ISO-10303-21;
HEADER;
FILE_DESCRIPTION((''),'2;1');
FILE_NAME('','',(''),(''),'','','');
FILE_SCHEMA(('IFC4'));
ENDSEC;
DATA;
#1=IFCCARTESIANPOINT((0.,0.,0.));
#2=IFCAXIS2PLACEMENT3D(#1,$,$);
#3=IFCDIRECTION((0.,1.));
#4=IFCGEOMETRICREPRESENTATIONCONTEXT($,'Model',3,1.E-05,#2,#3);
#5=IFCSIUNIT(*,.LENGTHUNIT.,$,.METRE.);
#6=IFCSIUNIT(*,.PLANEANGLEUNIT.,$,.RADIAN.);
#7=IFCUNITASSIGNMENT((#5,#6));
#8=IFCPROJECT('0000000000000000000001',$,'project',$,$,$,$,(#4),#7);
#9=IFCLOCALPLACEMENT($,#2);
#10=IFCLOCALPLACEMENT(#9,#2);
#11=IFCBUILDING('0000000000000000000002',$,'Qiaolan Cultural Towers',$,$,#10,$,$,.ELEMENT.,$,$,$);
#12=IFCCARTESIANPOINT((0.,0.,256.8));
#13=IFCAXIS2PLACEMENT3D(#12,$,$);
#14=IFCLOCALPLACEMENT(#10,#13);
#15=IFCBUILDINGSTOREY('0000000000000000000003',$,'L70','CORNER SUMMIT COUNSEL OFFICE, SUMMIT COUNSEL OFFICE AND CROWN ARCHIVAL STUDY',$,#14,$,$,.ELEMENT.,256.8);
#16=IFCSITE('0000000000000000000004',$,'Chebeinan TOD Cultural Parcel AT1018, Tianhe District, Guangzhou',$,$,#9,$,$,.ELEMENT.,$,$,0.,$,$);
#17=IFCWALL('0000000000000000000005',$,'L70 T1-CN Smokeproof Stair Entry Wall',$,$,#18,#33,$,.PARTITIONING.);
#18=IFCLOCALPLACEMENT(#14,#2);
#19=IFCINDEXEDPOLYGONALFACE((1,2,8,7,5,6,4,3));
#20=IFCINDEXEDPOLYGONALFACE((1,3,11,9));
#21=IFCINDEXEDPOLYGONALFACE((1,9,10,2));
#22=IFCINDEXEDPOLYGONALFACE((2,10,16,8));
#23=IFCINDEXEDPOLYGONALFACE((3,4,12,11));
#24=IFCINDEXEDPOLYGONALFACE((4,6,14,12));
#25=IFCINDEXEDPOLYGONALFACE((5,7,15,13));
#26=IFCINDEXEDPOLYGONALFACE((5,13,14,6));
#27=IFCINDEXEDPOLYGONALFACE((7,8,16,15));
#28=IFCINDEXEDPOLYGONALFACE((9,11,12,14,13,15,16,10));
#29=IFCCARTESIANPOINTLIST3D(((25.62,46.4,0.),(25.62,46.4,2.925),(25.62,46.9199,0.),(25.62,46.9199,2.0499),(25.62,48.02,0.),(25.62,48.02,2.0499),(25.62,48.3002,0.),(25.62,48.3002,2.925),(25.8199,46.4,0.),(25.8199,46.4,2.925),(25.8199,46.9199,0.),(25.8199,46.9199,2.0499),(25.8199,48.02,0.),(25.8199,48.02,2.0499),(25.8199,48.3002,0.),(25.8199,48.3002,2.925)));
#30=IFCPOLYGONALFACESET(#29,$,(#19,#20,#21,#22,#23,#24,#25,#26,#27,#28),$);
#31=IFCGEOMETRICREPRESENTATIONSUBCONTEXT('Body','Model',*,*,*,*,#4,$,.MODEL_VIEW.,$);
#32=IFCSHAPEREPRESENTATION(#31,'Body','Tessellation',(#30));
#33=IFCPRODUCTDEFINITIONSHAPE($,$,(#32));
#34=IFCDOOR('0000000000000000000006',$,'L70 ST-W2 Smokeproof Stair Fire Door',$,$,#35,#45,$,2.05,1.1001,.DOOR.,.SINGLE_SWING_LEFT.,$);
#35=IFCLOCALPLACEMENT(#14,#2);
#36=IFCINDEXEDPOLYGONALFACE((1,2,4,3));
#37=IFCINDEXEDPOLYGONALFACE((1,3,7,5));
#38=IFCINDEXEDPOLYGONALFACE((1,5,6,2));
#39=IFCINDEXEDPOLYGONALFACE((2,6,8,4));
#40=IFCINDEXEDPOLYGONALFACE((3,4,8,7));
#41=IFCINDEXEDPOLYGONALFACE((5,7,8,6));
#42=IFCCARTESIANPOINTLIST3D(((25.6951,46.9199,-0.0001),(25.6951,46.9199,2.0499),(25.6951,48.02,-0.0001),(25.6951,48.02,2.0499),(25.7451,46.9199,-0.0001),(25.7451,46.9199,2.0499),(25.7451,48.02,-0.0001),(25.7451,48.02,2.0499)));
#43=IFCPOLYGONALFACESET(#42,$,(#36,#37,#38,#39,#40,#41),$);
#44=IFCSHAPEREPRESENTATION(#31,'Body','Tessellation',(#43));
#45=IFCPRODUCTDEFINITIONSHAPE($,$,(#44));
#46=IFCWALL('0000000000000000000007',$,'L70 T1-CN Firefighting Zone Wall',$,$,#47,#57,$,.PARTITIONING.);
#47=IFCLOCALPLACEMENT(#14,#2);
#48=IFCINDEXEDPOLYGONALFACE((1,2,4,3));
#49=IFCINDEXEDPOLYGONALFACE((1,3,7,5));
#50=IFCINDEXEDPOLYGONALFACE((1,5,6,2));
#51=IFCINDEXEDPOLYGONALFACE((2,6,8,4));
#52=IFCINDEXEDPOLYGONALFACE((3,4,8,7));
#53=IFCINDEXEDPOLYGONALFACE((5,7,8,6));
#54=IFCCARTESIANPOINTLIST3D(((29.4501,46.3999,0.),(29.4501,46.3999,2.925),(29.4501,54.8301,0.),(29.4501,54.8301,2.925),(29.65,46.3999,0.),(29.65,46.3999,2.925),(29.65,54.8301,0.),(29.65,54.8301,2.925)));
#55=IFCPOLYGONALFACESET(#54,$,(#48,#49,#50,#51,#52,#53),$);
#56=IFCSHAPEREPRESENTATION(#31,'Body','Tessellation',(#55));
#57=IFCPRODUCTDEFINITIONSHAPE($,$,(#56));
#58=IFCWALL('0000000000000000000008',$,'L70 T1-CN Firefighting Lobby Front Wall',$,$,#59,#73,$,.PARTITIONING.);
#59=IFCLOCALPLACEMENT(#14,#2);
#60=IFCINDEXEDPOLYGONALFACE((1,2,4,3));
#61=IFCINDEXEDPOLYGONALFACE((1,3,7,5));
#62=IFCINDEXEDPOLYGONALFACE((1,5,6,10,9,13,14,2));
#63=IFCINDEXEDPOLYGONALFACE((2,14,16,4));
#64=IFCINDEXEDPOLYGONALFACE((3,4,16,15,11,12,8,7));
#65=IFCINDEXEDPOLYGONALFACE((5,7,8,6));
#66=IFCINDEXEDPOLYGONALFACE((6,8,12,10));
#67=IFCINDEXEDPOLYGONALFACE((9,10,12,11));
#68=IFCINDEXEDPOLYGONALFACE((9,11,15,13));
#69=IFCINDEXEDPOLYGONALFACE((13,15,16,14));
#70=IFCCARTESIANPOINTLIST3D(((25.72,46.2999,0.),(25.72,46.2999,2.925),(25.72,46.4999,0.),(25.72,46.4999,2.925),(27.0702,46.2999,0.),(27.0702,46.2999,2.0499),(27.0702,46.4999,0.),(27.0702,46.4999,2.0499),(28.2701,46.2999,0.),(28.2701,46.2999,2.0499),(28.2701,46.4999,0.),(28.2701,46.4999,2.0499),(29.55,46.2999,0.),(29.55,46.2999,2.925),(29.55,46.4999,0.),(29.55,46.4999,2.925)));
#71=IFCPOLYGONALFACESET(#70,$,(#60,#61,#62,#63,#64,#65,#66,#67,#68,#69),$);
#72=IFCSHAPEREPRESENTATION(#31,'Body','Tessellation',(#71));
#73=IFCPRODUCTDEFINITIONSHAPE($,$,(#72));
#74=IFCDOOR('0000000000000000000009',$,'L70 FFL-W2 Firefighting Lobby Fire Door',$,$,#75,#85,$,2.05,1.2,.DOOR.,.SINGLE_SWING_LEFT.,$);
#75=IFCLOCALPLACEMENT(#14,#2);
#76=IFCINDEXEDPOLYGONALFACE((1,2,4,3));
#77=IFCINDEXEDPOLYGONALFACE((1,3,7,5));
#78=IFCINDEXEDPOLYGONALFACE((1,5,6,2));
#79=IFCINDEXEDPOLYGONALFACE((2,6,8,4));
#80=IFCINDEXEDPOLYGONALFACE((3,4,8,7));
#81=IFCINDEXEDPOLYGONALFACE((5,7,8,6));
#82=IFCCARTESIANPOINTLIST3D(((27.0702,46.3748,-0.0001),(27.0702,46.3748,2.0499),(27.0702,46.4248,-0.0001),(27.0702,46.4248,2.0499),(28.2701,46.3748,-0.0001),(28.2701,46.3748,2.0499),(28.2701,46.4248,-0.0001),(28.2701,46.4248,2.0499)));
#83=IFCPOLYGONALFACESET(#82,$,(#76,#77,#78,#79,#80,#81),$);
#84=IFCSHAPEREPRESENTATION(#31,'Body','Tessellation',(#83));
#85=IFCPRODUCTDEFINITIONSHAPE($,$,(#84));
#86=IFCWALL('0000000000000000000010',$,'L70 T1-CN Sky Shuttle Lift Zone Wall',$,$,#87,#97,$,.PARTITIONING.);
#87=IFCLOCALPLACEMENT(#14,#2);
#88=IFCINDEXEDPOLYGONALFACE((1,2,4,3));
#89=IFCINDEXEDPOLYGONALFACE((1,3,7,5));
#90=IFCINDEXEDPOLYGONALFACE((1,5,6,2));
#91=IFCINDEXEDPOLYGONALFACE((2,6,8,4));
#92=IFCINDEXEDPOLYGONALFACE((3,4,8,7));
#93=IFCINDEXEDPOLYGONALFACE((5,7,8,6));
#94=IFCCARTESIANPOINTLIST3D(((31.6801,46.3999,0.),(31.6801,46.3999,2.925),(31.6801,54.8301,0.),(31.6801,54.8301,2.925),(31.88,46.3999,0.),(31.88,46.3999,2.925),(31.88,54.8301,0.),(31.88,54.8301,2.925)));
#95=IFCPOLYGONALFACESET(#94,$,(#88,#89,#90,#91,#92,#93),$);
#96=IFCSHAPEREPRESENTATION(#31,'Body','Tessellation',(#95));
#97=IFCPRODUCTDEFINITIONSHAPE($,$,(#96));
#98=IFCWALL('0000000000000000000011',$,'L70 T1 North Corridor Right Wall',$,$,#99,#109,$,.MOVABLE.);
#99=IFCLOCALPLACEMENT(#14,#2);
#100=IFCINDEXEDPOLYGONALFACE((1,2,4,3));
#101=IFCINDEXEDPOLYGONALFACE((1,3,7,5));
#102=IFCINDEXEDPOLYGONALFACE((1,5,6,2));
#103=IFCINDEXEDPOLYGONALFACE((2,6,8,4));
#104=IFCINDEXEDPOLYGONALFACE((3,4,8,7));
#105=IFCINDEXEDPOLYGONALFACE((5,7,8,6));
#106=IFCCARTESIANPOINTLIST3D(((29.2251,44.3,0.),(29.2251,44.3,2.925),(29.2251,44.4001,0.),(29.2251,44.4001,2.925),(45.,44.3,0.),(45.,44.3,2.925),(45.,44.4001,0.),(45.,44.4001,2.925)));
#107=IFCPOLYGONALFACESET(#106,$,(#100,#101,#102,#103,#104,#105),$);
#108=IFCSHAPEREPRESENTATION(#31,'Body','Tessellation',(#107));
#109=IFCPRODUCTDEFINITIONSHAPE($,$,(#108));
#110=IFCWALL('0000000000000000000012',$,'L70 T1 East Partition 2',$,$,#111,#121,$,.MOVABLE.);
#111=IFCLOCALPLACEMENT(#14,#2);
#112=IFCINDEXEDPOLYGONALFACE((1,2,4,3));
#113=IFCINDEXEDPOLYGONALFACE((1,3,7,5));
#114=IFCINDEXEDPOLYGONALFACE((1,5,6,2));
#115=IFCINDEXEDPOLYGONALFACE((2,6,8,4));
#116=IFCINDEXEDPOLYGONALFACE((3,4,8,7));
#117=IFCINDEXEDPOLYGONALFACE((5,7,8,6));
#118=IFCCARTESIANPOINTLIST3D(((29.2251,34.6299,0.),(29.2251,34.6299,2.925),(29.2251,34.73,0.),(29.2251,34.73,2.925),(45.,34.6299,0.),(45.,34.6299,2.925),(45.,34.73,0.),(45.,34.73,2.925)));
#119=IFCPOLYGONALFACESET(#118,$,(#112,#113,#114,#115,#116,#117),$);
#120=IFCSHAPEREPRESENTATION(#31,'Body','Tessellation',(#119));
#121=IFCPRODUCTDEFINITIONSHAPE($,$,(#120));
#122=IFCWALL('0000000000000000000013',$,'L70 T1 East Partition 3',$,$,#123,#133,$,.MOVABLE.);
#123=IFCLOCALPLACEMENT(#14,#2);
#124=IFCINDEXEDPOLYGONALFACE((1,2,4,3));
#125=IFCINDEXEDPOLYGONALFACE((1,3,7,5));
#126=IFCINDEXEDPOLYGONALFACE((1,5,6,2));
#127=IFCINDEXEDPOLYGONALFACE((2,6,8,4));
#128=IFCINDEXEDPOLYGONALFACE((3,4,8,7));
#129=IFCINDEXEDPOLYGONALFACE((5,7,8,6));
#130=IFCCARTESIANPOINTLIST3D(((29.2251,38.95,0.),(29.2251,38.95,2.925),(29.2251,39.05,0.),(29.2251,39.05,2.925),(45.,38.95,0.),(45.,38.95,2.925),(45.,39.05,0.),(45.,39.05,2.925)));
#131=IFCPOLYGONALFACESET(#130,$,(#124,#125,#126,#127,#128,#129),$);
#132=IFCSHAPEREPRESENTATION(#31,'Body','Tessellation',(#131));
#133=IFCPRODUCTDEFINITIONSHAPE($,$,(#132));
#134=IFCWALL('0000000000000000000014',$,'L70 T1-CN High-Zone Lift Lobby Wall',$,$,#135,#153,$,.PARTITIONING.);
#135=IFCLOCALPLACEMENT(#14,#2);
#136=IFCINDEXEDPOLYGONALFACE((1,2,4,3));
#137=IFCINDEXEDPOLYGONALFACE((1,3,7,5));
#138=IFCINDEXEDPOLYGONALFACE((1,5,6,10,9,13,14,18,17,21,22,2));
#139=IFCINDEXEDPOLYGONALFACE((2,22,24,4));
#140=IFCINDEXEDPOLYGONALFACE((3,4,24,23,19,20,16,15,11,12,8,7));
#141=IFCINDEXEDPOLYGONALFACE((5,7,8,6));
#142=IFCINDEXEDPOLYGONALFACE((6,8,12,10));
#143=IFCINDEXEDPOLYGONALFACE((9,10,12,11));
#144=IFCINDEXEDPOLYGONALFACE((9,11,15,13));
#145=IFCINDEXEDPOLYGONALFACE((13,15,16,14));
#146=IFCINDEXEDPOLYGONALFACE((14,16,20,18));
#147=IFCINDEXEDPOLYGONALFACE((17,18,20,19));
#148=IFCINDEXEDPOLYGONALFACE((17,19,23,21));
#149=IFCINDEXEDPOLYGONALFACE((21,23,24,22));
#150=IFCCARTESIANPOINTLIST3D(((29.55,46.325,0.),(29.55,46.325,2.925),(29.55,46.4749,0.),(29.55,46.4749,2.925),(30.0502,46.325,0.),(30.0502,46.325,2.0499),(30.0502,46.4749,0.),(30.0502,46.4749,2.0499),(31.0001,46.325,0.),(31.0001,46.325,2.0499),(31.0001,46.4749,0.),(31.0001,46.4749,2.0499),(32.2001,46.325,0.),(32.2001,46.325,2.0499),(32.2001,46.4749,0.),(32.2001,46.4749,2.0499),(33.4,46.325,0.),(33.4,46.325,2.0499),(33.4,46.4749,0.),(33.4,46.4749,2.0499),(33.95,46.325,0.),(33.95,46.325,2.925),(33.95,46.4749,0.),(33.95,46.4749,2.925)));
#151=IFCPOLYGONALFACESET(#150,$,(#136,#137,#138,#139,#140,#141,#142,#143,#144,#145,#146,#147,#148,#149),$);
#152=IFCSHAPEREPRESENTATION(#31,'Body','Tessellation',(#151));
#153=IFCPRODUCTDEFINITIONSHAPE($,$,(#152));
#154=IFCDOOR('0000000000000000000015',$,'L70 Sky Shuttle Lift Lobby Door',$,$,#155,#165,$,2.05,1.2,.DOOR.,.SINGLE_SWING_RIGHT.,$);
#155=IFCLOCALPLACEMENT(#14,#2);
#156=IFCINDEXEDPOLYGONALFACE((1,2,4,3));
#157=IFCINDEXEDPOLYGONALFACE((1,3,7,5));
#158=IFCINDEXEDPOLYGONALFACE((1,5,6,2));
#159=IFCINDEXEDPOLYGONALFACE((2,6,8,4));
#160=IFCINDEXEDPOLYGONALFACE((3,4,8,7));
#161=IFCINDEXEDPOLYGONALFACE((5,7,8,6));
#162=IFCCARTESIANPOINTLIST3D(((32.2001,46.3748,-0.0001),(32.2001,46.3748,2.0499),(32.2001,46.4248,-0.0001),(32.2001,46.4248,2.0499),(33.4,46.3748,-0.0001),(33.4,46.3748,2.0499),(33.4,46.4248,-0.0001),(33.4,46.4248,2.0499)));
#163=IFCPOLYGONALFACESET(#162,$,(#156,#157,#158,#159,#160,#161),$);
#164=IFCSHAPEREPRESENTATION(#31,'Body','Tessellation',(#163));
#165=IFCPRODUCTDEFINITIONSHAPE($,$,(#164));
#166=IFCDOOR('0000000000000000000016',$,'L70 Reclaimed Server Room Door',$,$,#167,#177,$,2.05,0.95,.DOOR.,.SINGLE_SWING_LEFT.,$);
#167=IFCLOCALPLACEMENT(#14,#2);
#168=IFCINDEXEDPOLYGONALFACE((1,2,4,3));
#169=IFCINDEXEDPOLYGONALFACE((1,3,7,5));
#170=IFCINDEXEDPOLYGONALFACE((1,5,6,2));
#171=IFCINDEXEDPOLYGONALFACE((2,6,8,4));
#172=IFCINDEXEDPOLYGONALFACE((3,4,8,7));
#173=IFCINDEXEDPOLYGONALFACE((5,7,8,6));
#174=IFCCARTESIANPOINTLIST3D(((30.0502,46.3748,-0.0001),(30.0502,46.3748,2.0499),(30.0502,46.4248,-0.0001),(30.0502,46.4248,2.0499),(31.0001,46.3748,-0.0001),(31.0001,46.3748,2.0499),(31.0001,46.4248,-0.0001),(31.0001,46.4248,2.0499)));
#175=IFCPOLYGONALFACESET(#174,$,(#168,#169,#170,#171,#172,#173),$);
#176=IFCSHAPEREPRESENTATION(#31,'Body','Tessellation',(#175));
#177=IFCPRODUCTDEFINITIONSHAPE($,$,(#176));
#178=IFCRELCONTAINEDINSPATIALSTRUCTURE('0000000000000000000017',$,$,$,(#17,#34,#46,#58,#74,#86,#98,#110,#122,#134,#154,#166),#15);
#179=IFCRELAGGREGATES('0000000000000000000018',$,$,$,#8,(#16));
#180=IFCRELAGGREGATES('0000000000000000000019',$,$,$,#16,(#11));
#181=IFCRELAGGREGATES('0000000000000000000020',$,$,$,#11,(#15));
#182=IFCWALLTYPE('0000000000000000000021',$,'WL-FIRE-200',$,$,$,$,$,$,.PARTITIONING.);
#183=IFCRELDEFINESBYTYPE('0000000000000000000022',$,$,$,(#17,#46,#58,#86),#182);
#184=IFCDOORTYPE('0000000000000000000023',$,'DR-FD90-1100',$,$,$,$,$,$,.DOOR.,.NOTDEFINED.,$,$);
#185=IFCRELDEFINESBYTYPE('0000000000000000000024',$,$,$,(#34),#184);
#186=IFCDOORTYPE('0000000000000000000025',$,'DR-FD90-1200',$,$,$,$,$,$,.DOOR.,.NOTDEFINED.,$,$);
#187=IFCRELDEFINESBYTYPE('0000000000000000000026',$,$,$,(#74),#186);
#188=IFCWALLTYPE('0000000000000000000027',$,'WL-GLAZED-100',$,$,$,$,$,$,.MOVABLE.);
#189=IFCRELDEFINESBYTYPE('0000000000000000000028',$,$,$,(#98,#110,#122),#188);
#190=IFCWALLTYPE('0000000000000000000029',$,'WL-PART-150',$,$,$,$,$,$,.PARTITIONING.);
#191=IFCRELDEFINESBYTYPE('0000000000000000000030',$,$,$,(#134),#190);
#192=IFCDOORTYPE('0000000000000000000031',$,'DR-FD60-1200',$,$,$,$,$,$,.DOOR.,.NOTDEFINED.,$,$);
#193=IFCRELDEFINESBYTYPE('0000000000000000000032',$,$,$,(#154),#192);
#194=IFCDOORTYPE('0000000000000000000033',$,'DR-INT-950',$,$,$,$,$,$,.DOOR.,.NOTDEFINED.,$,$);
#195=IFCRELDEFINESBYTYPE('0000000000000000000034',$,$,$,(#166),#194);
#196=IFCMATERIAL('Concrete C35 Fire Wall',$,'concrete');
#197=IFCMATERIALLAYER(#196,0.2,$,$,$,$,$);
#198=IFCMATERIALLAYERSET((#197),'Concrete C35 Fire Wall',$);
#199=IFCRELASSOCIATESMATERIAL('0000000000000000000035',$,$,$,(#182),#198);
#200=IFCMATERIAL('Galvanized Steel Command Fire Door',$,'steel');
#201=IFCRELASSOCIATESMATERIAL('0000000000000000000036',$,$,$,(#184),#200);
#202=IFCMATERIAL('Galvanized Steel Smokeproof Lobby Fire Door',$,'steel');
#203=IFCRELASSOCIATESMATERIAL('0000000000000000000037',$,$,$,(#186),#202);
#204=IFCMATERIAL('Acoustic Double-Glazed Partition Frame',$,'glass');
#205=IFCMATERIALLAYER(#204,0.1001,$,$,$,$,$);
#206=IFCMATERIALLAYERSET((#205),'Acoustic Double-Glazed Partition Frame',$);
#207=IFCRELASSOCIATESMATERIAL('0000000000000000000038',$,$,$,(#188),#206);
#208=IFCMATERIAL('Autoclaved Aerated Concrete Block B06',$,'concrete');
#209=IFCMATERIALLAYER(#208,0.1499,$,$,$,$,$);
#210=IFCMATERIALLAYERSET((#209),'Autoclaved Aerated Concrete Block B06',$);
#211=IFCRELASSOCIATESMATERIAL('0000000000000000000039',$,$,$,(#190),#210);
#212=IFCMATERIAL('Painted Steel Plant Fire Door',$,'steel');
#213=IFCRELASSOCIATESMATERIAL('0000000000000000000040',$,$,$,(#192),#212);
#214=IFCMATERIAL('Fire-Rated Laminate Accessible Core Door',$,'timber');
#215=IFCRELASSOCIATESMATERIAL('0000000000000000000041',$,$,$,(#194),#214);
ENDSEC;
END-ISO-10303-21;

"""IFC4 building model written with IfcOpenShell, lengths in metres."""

from ifc_helpers import new_model, si_unit, direction, frame, frame_2d, origin, place, context, subcontext, project, spatial, rectangle, extrude, material, layer, layer_set, type_object, element, fill, save


model = new_model("IFC4")

# Units and contexts
model_context = context("Model", 3, precision=1e-05, world=origin(), true_north=direction((0.0, 1.0)))
body_context = subcontext(model_context, "Body", "Model", "MODEL_VIEW")
ifc_project = project(units=[si_unit("LENGTHUNIT", "METRE"), si_unit("PLANEANGLEUNIT", "RADIAN")], contexts=[model_context])

# Site, building, storey
site_placement = place(None, origin())
site = spatial("IfcSite", under=ifc_project, at=site_placement, Name="Chebeinan TOD Cultural Parcel AT1018, Tianhe District, Guangzhou", CompositionType="ELEMENT", RefElevation=0.0)
building_placement = place(site_placement, origin())
building = spatial("IfcBuilding", under=site, at=building_placement, Name="Qiaolan Cultural Towers", CompositionType="ELEMENT")
storey_placement = place(building_placement, frame((0.0, 0.0, 256.8)))
storey = spatial("IfcBuildingStorey", under=building, at=storey_placement, Name="L70", Description="CORNER SUMMIT COUNSEL OFFICE, SUMMIT COUNSEL OFFICE AND CROWN ARCHIVAL STUDY", CompositionType="ELEMENT", Elevation=256.8)

# Wall, opening, door
ifc_material_1 = material(Name="Concrete C35 Fire Wall", Category="concrete")
ifc_layer_1 = layer(ifc_material_1, 0.2)
ifc_layer_set_1 = layer_set([ifc_layer_1], Name="Concrete C35 Fire Wall")
wall_type_1 = type_object("IfcWallType", Name="WL-FIRE-200", PredefinedType="PARTITIONING", material=ifc_layer_set_1)
wall_1_placement = place(storey_placement, frame((25.72, 46.3999, 0.0), z_axis=(0.0, 0.0, 1.0), x_axis=(0.0, 1.0, 0.0)))
wall_1 = element("IfcWall", 1, at=wall_1_placement, inside=storey, type_object=wall_type_1, Name="L70 T1-CN Smokeproof Stair Entry Wall", PredefinedType="PARTITIONING", context=body_context, shape_type="SweptSolid", body=[
    extrude(rectangle(XDim=1.9001, YDim=0.2, at=frame_2d((0.9502, 0.0))), origin(), (0.0, 0.0, 1.0), 2.925),
])
opening_1_placement = place(wall_1_placement, frame((0.52, 0.0, 0.0)))
opening_1 = element("IfcOpeningElement", 2, at=opening_1_placement, cuts=wall_1, PredefinedType="OPENING", context=body_context, shape_type="SweptSolid", body=[
    extrude(rectangle(XDim=1.1001, YDim=2.05, at=frame_2d((0.55, 1.0249))), frame((0.0, 0.1099, 0.0), z_axis=(0.0, -1.0, 0.0), x_axis=(1.0, 0.0, 0.0)), (0.0, 0.0, 1.0), 0.22),
])
ifc_material_2 = material(Name="Galvanized Steel Command Fire Door", Category="steel")
door_type_1 = type_object("IfcDoorType", Name="DR-FD90-1100", OperationType="NOTDEFINED", PredefinedType="DOOR", material=ifc_material_2)
door_1_placement = place(opening_1_placement, origin())
door_1 = element("IfcDoor", 3, at=door_1_placement, inside=storey, type_object=door_type_1, Name="L70 ST-W2 Smokeproof Stair Fire Door", OperationType="SINGLE_SWING_LEFT", OverallHeight=2.05, OverallWidth=1.1001, PredefinedType="DOOR", context=body_context, shape_type="SweptSolid", body=[
    extrude(rectangle(XDim=1.1001, YDim=2.05, at=frame_2d((0.55, 1.0249))), frame((0.0, 0.0249, 0.0), z_axis=(0.0, -1.0, 0.0), x_axis=(1.0, 0.0, 0.0)), (0.0, 0.0, 1.0), 0.05),
])
fill(opening_1, door_1)

# Wall
wall_2_placement = place(storey_placement, frame((29.55, 46.3999, 0.0), z_axis=(0.0, 0.0, 1.0), x_axis=(0.0, 1.0, 0.0)))
element("IfcWall", 4, at=wall_2_placement, inside=storey, type_object=wall_type_1, Name="L70 T1-CN Firefighting Zone Wall", PredefinedType="PARTITIONING", context=body_context, shape_type="SweptSolid", body=[
    extrude(rectangle(XDim=8.4302, YDim=0.2, at=frame_2d((4.2151, 0.0))), origin(), (0.0, 0.0, 1.0), 2.925),
])

# Wall, opening, door
wall_3_placement = place(storey_placement, frame((25.72, 46.3999, 0.0), z_axis=(0.0, 0.0, 1.0), x_axis=(1.0, 0.0, 0.0)))
wall_3 = element("IfcWall", 5, at=wall_3_placement, inside=storey, type_object=wall_type_1, Name="L70 T1-CN Firefighting Lobby Front Wall", PredefinedType="PARTITIONING", context=body_context, shape_type="SweptSolid", body=[
    extrude(rectangle(XDim=3.8301, YDim=0.2, at=frame_2d((1.915, 0.0))), origin(), (0.0, 0.0, 1.0), 2.925),
])
opening_2_placement = place(wall_3_placement, frame((1.3501, 0.0, 0.0)))
opening_2 = element("IfcOpeningElement", 6, at=opening_2_placement, cuts=wall_3, PredefinedType="OPENING", context=body_context, shape_type="SweptSolid", body=[
    extrude(rectangle(XDim=1.2, YDim=2.05, at=frame_2d((0.6001, 1.0249))), frame((0.0, 0.1099, 0.0), z_axis=(0.0, -1.0, 0.0), x_axis=(1.0, 0.0, 0.0)), (0.0, 0.0, 1.0), 0.22),
])
ifc_material_3 = material(Name="Galvanized Steel Smokeproof Lobby Fire Door", Category="steel")
door_type_2 = type_object("IfcDoorType", Name="DR-FD90-1200", OperationType="NOTDEFINED", PredefinedType="DOOR", material=ifc_material_3)
door_2_placement = place(opening_2_placement, origin())
door_2 = element("IfcDoor", 7, at=door_2_placement, inside=storey, type_object=door_type_2, Name="L70 FFL-W2 Firefighting Lobby Fire Door", OperationType="SINGLE_SWING_LEFT", OverallHeight=2.05, OverallWidth=1.2, PredefinedType="DOOR", context=body_context, shape_type="SweptSolid", body=[
    extrude(rectangle(XDim=1.2, YDim=2.05, at=frame_2d((0.6001, 1.0249))), frame((0.0, 0.0249, 0.0), z_axis=(0.0, -1.0, 0.0), x_axis=(1.0, 0.0, 0.0)), (0.0, 0.0, 1.0), 0.05),
])
fill(opening_2, door_2)

# Walls
wall_4_placement = place(storey_placement, frame((31.78, 46.3999, 0.0), z_axis=(0.0, 0.0, 1.0), x_axis=(0.0, 1.0, 0.0)))
element("IfcWall", 8, at=wall_4_placement, inside=storey, type_object=wall_type_1, Name="L70 T1-CN Sky Shuttle Lift Zone Wall", PredefinedType="PARTITIONING", context=body_context, shape_type="SweptSolid", body=[
    extrude(rectangle(XDim=8.4302, YDim=0.2, at=frame_2d((4.2151, 0.0))), origin(), (0.0, 0.0, 1.0), 2.925),
])
ifc_material_4 = material(Name="Acoustic Double-Glazed Partition Frame", Category="glass")
ifc_layer_2 = layer(ifc_material_4, 0.1001)
ifc_layer_set_2 = layer_set([ifc_layer_2], Name="Acoustic Double-Glazed Partition Frame")
wall_type_2 = type_object("IfcWallType", Name="WL-GLAZED-100", PredefinedType="MOVABLE", material=ifc_layer_set_2)
for number, where, z_axis, x_axis, name in (
    (9, (29.2251, 44.3501, 0.0), (0.0, 0.0, 1.0), (1.0, 0.0, 0.0), "L70 T1 North Corridor Right Wall"),
    (10, (29.2251, 34.6799, 0.0), (0.0, 0.0, 1.0), (1.0, 0.0, 0.0), "L70 T1 East Partition 2"),
    (11, (29.2251, 39.0, 0.0), (0.0, 0.0, 1.0), (1.0, 0.0, 0.0), "L70 T1 East Partition 3"),
):
    element("IfcWall", number, at=place(storey_placement, frame(where, z_axis=z_axis, x_axis=x_axis)), inside=storey, type_object=wall_type_2, Name=name, PredefinedType="MOVABLE", context=body_context, shape_type="SweptSolid", body=[
        extrude(rectangle(XDim=15.7749, YDim=0.1001, at=frame_2d((7.8875, 0.0))), origin(), (0.0, 0.0, 1.0), 2.925),
    ])

# Wall, openings, doors
ifc_material_5 = material(Name="Autoclaved Aerated Concrete Block B06", Category="concrete")
ifc_layer_3 = layer(ifc_material_5, 0.1499)
ifc_layer_set_3 = layer_set([ifc_layer_3], Name="Autoclaved Aerated Concrete Block B06")
wall_type_3 = type_object("IfcWallType", Name="WL-PART-150", PredefinedType="PARTITIONING", material=ifc_layer_set_3)
wall_5_placement = place(storey_placement, frame((29.55, 46.3999, 0.0), z_axis=(0.0, 0.0, 1.0), x_axis=(1.0, 0.0, 0.0)))
wall_5 = element("IfcWall", 12, at=wall_5_placement, inside=storey, type_object=wall_type_3, Name="L70 T1-CN High-Zone Lift Lobby Wall", PredefinedType="PARTITIONING", context=body_context, shape_type="SweptSolid", body=[
    extrude(rectangle(XDim=4.3999, YDim=0.1499, at=frame_2d((2.2, 0.0))), origin(), (0.0, 0.0, 1.0), 2.925),
])
opening_3_placement = place(wall_5_placement, frame((0.5, 0.0, 0.0)))
opening_3 = element("IfcOpeningElement", 13, at=opening_3_placement, cuts=wall_5, PredefinedType="OPENING", context=body_context, shape_type="SweptSolid", body=[
    extrude(rectangle(XDim=0.95, YDim=2.05, at=frame_2d((0.4751, 1.0249))), frame((0.0, 0.085, 0.0), z_axis=(0.0, -1.0, 0.0), x_axis=(1.0, 0.0, 0.0)), (0.0, 0.0, 1.0), 0.1699),
])
opening_4_placement = place(wall_5_placement, frame((2.6499, 0.0, 0.0)))
opening_4 = element("IfcOpeningElement", 14, at=opening_4_placement, cuts=wall_5, PredefinedType="OPENING", context=body_context, shape_type="SweptSolid", body=[
    extrude(rectangle(XDim=1.2, YDim=2.05, at=frame_2d((0.6001, 1.0249))), frame((0.0, 0.085, 0.0), z_axis=(0.0, -1.0, 0.0), x_axis=(1.0, 0.0, 0.0)), (0.0, 0.0, 1.0), 0.1699),
])
ifc_material_6 = material(Name="Painted Steel Plant Fire Door", Category="steel")
door_type_3 = type_object("IfcDoorType", Name="DR-FD60-1200", OperationType="NOTDEFINED", PredefinedType="DOOR", material=ifc_material_6)
door_3_placement = place(opening_4_placement, origin())
door_3 = element("IfcDoor", 15, at=door_3_placement, inside=storey, type_object=door_type_3, Name="L70 Sky Shuttle Lift Lobby Door", OperationType="SINGLE_SWING_RIGHT", OverallHeight=2.05, OverallWidth=1.2, PredefinedType="DOOR", context=body_context, shape_type="SweptSolid", body=[
    extrude(rectangle(XDim=1.2, YDim=2.05, at=frame_2d((0.6001, 1.0249))), frame((0.0, 0.0249, 0.0), z_axis=(0.0, -1.0, 0.0), x_axis=(1.0, 0.0, 0.0)), (0.0, 0.0, 1.0), 0.05),
])
fill(opening_4, door_3)
ifc_material_7 = material(Name="Fire-Rated Laminate Accessible Core Door", Category="timber")
door_type_4 = type_object("IfcDoorType", Name="DR-INT-950", OperationType="NOTDEFINED", PredefinedType="DOOR", material=ifc_material_7)
door_4_placement = place(opening_3_placement, origin())
door_4 = element("IfcDoor", 16, at=door_4_placement, inside=storey, type_object=door_type_4, Name="L70 Reclaimed Server Room Door", OperationType="SINGLE_SWING_LEFT", OverallHeight=2.05, OverallWidth=0.95, PredefinedType="DOOR", context=body_context, shape_type="SweptSolid", body=[
    extrude(rectangle(XDim=0.95, YDim=2.05, at=frame_2d((0.4751, 1.0249))), frame((0.0, 0.0249, 0.0), z_axis=(0.0, -1.0, 0.0), x_axis=(1.0, 0.0, 0.0)), (0.0, 0.0, 1.0), 0.05),
])
fill(opening_3, door_4)

save(model, "model.ifc")
